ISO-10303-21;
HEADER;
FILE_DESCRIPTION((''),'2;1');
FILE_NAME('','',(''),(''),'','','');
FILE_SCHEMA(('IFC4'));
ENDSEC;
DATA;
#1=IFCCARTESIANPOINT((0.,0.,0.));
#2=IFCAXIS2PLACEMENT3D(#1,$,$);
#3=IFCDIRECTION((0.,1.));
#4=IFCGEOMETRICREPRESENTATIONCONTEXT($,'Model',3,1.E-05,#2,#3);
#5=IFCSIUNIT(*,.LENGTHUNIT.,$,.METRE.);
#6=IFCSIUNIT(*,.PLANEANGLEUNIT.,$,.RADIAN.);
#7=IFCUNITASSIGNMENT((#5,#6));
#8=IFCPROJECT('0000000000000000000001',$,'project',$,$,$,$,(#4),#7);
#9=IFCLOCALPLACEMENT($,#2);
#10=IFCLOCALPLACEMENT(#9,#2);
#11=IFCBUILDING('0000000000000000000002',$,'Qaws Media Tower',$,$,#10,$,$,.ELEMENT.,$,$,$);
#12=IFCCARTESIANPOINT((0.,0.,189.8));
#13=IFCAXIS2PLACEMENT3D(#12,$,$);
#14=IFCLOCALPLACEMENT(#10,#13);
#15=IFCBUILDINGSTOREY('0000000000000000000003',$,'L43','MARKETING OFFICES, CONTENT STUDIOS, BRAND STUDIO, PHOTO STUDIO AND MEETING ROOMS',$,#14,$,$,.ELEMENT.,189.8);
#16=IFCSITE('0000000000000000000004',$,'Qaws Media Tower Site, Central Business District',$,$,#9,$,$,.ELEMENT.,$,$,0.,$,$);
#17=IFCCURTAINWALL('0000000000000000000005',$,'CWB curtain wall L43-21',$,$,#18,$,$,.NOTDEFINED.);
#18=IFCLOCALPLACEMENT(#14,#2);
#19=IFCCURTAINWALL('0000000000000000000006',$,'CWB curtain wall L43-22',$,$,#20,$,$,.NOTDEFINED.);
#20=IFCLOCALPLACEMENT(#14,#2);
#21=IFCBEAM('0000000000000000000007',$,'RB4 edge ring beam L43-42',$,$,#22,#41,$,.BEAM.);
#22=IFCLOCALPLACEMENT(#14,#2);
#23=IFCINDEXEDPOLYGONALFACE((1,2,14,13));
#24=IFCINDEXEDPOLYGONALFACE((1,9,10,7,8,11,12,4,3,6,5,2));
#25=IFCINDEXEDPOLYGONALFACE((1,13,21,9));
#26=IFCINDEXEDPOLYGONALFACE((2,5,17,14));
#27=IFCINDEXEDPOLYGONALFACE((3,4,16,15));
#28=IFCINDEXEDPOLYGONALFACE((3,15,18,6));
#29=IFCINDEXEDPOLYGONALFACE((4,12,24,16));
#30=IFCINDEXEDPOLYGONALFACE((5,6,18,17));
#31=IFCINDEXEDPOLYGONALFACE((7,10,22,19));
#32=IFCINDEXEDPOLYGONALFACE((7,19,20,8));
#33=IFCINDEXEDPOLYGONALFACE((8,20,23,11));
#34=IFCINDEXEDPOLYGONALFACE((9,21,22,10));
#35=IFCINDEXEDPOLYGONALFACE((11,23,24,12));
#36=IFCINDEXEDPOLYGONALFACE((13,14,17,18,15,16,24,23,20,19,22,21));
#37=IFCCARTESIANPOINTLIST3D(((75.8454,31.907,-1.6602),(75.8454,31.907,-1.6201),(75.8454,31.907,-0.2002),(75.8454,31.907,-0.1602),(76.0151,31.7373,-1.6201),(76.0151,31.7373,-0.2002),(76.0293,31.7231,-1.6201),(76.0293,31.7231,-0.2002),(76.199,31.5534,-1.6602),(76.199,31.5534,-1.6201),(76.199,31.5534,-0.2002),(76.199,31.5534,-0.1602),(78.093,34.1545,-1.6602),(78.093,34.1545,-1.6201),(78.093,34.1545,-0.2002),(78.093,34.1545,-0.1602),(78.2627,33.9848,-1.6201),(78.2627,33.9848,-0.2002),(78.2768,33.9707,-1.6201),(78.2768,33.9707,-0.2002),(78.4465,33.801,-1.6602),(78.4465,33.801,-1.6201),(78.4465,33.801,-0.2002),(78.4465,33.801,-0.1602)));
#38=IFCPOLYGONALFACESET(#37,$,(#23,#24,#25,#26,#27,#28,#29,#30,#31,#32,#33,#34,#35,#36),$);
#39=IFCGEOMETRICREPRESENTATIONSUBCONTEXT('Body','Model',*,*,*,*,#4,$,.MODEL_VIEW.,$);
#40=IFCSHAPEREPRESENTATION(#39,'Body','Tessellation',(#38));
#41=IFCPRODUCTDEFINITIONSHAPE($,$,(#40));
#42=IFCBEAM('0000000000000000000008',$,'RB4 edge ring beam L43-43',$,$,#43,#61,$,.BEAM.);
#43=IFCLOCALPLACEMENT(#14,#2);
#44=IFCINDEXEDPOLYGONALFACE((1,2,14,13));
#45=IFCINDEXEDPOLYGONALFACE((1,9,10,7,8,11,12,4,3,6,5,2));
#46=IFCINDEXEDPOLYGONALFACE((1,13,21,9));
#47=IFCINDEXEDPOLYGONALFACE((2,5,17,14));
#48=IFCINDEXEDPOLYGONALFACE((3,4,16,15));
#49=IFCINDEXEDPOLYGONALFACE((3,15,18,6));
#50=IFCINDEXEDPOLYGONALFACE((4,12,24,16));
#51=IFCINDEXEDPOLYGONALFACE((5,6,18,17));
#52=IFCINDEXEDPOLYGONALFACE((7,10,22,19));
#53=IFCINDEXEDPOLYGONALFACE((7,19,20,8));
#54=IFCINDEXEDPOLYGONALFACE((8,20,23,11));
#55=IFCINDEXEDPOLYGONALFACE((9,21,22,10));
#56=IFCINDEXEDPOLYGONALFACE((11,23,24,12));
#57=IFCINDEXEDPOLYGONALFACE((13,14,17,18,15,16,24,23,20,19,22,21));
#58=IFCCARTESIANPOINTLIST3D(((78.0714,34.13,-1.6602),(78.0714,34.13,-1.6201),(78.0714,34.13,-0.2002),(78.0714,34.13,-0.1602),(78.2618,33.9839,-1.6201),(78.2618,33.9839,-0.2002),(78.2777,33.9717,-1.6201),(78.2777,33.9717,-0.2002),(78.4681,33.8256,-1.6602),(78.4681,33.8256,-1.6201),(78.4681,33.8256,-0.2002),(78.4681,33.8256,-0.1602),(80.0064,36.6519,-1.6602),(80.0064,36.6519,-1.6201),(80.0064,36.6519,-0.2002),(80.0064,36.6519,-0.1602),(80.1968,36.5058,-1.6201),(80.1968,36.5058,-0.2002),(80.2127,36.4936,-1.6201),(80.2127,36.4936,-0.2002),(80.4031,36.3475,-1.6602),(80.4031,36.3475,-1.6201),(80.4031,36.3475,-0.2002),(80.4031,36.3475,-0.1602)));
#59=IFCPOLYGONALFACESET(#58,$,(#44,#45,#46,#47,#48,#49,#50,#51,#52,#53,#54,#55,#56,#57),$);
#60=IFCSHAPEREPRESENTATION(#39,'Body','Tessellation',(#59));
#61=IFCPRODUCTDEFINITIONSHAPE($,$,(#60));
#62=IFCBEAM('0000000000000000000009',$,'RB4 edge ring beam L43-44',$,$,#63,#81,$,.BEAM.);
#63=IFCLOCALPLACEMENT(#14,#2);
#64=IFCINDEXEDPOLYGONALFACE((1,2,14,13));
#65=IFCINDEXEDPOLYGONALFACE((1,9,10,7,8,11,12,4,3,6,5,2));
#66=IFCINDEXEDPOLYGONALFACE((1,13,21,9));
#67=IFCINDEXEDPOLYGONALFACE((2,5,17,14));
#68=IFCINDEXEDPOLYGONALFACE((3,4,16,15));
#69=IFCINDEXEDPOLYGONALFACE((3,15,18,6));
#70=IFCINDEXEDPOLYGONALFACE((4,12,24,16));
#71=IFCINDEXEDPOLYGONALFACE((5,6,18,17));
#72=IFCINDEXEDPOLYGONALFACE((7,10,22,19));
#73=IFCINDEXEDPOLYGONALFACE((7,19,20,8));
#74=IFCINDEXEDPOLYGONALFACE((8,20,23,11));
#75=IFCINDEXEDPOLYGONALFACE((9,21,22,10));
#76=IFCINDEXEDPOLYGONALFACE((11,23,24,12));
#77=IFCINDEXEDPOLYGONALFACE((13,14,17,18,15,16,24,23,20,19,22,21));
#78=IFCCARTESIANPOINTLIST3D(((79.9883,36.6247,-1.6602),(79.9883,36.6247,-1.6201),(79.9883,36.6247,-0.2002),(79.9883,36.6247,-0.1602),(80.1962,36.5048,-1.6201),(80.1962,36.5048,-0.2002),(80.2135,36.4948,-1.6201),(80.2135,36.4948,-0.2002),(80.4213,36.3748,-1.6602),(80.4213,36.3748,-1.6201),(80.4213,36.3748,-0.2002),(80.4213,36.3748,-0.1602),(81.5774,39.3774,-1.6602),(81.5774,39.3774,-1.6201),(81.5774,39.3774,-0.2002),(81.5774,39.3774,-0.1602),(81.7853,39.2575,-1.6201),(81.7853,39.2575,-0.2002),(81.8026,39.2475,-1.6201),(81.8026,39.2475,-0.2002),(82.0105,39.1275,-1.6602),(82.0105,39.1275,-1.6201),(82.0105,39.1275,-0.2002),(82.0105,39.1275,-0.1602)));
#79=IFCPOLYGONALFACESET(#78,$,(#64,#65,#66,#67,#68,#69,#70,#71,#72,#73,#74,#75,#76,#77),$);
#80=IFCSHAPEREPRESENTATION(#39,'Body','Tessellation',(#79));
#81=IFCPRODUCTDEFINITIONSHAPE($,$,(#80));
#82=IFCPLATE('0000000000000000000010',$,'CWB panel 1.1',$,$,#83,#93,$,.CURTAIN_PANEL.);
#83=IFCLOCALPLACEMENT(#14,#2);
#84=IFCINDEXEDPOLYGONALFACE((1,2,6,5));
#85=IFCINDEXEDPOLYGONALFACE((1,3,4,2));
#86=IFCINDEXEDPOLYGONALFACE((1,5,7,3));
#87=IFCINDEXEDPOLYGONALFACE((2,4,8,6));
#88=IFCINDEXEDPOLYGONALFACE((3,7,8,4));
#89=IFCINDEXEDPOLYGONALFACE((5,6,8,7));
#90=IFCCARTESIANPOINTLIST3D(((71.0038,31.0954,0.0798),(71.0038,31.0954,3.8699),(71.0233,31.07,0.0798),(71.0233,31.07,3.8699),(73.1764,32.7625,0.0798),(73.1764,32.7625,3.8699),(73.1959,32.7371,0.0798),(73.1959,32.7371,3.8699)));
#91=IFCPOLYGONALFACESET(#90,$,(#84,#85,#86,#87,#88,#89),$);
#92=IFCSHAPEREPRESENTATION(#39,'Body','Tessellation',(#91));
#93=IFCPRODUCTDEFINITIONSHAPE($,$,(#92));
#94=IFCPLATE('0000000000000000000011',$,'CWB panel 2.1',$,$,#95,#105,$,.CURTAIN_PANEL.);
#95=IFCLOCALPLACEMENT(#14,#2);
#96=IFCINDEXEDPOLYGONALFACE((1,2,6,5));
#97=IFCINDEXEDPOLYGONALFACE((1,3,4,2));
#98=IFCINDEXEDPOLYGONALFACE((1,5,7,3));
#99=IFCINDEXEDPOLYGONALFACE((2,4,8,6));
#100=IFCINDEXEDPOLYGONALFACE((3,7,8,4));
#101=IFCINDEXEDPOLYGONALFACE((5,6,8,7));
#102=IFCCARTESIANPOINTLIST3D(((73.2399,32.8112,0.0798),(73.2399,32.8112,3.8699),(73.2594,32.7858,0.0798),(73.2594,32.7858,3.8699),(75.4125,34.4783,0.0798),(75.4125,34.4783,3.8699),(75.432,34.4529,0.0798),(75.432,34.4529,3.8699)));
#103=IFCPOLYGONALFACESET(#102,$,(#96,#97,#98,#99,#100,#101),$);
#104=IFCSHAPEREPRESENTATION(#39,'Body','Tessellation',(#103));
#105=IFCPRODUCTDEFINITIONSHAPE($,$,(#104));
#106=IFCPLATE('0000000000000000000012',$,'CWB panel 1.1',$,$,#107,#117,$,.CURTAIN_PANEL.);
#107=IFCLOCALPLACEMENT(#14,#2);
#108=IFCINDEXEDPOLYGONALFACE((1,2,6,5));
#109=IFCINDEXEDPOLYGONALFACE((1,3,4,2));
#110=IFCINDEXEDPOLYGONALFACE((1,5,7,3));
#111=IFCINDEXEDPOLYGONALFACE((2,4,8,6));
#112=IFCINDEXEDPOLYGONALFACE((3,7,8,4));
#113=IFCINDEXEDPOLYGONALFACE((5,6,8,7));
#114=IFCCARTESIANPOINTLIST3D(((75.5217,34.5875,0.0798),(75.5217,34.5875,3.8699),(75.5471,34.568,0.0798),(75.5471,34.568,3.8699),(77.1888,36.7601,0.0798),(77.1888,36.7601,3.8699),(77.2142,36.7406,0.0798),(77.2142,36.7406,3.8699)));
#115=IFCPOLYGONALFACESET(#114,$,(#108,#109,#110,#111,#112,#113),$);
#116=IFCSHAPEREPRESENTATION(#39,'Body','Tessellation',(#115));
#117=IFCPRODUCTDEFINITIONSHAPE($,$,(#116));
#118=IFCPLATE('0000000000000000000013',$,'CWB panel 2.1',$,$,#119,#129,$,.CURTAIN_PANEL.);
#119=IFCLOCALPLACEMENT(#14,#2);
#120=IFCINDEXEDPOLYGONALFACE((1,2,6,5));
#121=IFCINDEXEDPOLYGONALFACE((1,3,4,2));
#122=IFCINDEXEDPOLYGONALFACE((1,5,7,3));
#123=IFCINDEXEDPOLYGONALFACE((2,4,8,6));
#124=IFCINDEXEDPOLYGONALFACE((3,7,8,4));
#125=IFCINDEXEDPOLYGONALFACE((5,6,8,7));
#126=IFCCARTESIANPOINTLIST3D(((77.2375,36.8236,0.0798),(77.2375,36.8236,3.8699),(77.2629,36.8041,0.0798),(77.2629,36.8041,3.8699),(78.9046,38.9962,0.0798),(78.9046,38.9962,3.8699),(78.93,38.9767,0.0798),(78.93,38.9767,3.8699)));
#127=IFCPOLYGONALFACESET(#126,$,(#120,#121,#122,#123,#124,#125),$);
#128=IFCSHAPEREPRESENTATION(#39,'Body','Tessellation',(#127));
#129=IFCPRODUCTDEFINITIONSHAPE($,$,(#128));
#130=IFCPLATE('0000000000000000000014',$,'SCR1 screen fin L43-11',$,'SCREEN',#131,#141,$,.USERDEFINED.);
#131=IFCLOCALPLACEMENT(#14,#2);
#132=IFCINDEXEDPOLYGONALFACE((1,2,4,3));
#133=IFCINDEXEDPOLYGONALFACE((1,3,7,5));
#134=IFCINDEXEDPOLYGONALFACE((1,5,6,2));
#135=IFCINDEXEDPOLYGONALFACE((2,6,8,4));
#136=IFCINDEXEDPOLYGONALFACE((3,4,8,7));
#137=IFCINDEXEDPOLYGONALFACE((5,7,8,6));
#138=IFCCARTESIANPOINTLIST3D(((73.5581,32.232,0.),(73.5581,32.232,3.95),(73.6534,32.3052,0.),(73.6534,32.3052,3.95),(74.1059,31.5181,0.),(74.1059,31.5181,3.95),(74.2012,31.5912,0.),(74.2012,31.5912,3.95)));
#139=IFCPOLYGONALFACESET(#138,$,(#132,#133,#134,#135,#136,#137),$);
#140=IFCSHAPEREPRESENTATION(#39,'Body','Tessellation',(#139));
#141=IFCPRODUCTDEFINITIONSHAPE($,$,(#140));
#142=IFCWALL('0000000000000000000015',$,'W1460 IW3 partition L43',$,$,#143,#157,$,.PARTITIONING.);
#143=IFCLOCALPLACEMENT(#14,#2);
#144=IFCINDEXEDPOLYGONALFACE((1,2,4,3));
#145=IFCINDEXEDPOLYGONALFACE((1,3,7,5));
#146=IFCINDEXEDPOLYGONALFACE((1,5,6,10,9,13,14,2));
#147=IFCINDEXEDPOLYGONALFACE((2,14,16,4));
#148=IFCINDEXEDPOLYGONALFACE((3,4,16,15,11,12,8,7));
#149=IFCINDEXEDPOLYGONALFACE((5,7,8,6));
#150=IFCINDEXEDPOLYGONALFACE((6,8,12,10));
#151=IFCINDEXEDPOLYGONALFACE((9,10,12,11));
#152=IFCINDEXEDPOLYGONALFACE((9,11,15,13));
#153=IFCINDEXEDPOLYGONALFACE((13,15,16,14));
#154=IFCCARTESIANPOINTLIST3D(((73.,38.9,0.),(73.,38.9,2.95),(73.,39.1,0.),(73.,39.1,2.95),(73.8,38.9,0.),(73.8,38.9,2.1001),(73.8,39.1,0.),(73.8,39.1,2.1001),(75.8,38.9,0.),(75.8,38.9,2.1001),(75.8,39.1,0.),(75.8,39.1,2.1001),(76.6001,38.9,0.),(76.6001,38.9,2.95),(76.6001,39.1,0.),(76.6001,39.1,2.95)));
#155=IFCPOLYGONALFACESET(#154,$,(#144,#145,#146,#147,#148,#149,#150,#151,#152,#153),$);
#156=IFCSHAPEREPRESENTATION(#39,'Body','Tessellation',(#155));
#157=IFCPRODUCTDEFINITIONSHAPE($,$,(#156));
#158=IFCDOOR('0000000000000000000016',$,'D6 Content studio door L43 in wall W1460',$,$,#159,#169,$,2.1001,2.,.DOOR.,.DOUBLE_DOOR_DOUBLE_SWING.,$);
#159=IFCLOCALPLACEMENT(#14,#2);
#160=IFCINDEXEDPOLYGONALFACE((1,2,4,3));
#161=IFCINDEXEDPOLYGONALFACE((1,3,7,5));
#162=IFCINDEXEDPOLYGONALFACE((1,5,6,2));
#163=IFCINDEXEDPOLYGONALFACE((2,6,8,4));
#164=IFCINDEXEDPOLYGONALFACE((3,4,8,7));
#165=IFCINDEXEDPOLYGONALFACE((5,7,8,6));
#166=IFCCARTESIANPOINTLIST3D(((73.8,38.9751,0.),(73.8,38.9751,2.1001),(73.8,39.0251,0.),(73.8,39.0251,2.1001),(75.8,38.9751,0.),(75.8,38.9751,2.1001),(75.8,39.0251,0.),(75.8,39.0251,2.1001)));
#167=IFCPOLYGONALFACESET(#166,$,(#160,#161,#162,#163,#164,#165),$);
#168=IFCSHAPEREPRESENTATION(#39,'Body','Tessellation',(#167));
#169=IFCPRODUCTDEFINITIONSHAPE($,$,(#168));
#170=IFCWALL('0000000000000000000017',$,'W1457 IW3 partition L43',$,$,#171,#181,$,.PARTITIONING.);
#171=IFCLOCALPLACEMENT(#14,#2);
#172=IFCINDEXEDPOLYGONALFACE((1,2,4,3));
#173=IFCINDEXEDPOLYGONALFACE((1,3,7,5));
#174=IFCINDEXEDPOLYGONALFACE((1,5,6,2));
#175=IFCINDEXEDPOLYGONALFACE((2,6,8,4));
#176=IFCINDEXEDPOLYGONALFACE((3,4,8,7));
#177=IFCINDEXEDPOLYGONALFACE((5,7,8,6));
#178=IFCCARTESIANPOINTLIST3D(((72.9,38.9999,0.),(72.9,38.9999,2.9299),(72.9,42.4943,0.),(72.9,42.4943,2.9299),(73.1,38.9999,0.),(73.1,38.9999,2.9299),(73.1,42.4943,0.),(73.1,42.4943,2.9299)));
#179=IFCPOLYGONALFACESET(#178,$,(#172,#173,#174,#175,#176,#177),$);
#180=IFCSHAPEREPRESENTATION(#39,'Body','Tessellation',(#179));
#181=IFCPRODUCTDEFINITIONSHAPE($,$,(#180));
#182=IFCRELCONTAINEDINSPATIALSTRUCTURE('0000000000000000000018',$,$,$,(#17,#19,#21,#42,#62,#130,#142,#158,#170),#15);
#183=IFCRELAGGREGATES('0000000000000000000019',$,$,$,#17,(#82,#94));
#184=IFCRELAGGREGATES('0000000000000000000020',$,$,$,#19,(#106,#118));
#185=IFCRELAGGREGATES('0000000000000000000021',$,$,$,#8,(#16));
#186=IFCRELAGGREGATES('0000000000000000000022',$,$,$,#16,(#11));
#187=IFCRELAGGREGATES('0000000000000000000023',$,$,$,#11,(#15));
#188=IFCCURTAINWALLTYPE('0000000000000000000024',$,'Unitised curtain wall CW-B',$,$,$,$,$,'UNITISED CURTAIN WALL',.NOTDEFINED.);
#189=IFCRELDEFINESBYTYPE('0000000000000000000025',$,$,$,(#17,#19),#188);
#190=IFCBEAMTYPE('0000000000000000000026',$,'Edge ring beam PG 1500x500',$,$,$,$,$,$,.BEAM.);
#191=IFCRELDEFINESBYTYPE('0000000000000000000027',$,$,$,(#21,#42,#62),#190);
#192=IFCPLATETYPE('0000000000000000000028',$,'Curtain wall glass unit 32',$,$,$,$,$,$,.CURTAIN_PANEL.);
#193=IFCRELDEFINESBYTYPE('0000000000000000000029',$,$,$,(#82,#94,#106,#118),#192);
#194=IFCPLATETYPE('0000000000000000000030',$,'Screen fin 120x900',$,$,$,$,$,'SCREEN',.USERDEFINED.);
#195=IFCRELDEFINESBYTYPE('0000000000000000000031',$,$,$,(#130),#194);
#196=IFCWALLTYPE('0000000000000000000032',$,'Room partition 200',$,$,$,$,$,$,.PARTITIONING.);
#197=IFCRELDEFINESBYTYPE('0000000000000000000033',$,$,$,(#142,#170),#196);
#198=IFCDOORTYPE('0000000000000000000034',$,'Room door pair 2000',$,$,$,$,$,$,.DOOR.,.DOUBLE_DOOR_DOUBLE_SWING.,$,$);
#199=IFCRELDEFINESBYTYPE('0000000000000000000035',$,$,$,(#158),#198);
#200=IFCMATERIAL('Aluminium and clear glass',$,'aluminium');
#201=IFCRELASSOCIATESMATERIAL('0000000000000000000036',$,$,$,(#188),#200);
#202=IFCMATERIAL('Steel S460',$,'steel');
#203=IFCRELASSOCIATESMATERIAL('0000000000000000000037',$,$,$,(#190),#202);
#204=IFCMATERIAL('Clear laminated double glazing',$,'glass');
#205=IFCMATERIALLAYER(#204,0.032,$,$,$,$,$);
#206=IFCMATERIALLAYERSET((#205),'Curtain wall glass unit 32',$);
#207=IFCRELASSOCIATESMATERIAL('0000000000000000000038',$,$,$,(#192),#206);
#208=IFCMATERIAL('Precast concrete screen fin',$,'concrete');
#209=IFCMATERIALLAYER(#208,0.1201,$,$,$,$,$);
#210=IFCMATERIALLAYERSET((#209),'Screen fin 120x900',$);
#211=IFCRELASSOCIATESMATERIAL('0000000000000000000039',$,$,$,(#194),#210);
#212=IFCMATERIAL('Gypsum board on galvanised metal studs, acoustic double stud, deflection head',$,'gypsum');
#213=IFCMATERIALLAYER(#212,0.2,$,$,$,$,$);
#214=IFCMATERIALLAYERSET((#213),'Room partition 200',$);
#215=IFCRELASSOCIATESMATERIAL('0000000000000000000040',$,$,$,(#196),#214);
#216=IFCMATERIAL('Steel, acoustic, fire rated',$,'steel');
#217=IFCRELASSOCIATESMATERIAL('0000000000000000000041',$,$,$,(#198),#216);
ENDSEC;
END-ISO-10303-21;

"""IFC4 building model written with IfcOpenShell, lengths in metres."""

from ifc_helpers import new_model, si_unit, direction, frame, frame_2d, origin, origin_2d, place, context, subcontext, project, spatial, rectangle, i_section, extrude, material, layer, layer_set, material_profile, profile_set, type_object, element, fill, aggregate, save


model = new_model("IFC4")

# Units and contexts
model_context = context("Model", 3, precision=1e-05, world=origin(), true_north=direction((0.0, 1.0)))
body_context = subcontext(model_context, "Body", "Model", "MODEL_VIEW")
ifc_project = project(units=[si_unit("LENGTHUNIT", "METRE"), si_unit("PLANEANGLEUNIT", "RADIAN")], contexts=[model_context])

# Site, building, storey
site_placement = place(None, origin())
site = spatial("IfcSite", under=ifc_project, at=site_placement, Name="Qaws Media Tower Site, Central Business District", CompositionType="ELEMENT", RefElevation=0.0)
building_placement = place(site_placement, origin())
building = spatial("IfcBuilding", under=site, at=building_placement, Name="Qaws Media Tower", CompositionType="ELEMENT")
storey_placement = place(building_placement, frame((0.0, 0.0, 189.8)))
storey = spatial("IfcBuildingStorey", under=building, at=storey_placement, Name="L43", Description="MARKETING OFFICES, CONTENT STUDIOS, BRAND STUDIO, PHOTO STUDIO AND MEETING ROOMS", CompositionType="ELEMENT", Elevation=189.8)

# Curtain walls
ifc_material_1 = material(Name="Aluminium and clear glass", Category="aluminium")
curtain_wall_type = type_object("IfcCurtainWallType", Name="Unitised curtain wall CW-B", ElementType="UNITISED CURTAIN WALL", PredefinedType="NOTDEFINED", material=ifc_material_1)
curtain_wall_1_placement = place(storey_placement, origin())
curtain_wall_1 = element("IfcCurtainWall", 1, at=curtain_wall_1_placement, inside=storey, type_object=curtain_wall_type, Name="CWB curtain wall L43-21", PredefinedType="NOTDEFINED")
curtain_wall_2_placement = place(storey_placement, origin())
curtain_wall_2 = element("IfcCurtainWall", 2, at=curtain_wall_2_placement, inside=storey, type_object=curtain_wall_type, Name="CWB curtain wall L43-22", PredefinedType="NOTDEFINED")

# Beams
ifc_material_2 = material(Name="Steel S460", Category="steel")
ifc_material_profile_1 = material_profile(ifc_material_2, i_section(OverallWidth=0.5, OverallDepth=1.5, WebThickness=0.02, FlangeThickness=0.04, at=origin_2d()), Name="PG 1500x500")
ifc_profile_set_1 = profile_set([ifc_material_profile_1], Name="Steel S460")
beam_type = type_object("IfcBeamType", Name="Edge ring beam PG 1500x500", PredefinedType="BEAM", material=ifc_profile_set_1)
beam_1_placement = place(storey_placement, frame((76.0222, 31.7302, -0.9102), z_axis=(0.707107, 0.707107, 0.0), x_axis=(-0.707107, 0.707107, 0.0)))
element("IfcBeam", 3, at=beam_1_placement, inside=storey, type_object=beam_type, Name="RB4 edge ring beam L43-42", PredefinedType="BEAM", context=body_context, shape_type="SweptSolid", body=[
    extrude(i_section(OverallWidth=0.5, OverallDepth=1.5, WebThickness=0.02, FlangeThickness=0.04, at=origin_2d()), origin(), (0.0, 0.0, 1.0), 3.1785),
])
beam_2_placement = place(storey_placement, frame((78.2698, 33.9778, -0.9102), z_axis=(0.608738, 0.793371, 0.0), x_axis=(-0.793371, 0.608738, 0.0)))
element("IfcBeam", 4, at=beam_2_placement, inside=storey, type_object=beam_type, Name="RB4 edge ring beam L43-43", PredefinedType="BEAM", context=body_context, shape_type="SweptSolid", body=[
    extrude(i_section(OverallWidth=0.5, OverallDepth=1.5, WebThickness=0.02, FlangeThickness=0.04, at=origin_2d()), origin(), (0.0, 0.0, 1.0), 3.1787),
])
beam_3_placement = place(storey_placement, frame((80.2048, 36.4998, -0.9102), z_axis=(0.499964, 0.866046, 0.0), x_axis=(-0.866046, 0.499964, 0.0)))
element("IfcBeam", 5, at=beam_3_placement, inside=storey, type_object=beam_type, Name="RB4 edge ring beam L43-44", PredefinedType="BEAM", context=body_context, shape_type="SweptSolid", body=[
    extrude(i_section(OverallWidth=0.5, OverallDepth=1.5, WebThickness=0.02, FlangeThickness=0.04, at=origin_2d()), origin(), (0.0, 0.0, 1.0), 3.1785),
])

# Plates
ifc_material_3 = material(Name="Clear laminated double glazing", Category="glass")
ifc_layer_1 = layer(ifc_material_3, 0.032)
ifc_layer_set_1 = layer_set([ifc_layer_1], Name="Curtain wall glass unit 32")
plate_type_1 = type_object("IfcPlateType", Name="Curtain wall glass unit 32", PredefinedType="CURTAIN_PANEL", material=ifc_layer_set_1)
plate_1_placement = place(storey_placement, frame((72.0999, 31.9163, 0.0798), z_axis=(0.0, 0.0, 1.0), x_axis=(0.793353, 0.608761, 0.0)))
plate_1 = element("IfcPlate", 6, at=plate_1_placement, type_object=plate_type_1, Name="CWB panel 1.1", PredefinedType="CURTAIN_PANEL", context=body_context, shape_type="SweptSolid", body=[
    extrude(rectangle(XDim=2.7385, YDim=0.032, at=origin_2d()), origin(), (0.0, 0.0, 1.0), 3.79),
])
plate_2_placement = place(storey_placement, frame((74.3359, 33.6321, 0.0798), z_axis=(0.0, 0.0, 1.0), x_axis=(0.793353, 0.608761, 0.0)))
plate_2 = element("IfcPlate", 7, at=plate_2_placement, type_object=plate_type_1, Name="CWB panel 2.1", PredefinedType="CURTAIN_PANEL", context=body_context, shape_type="SweptSolid", body=[
    extrude(rectangle(XDim=2.7385, YDim=0.032, at=origin_2d()), origin(), (0.0, 0.0, 1.0), 3.79),
])
aggregate(curtain_wall_1, [plate_1, plate_2])
plate_3_placement = place(storey_placement, frame((76.3679, 35.6641, 0.0798), z_axis=(0.0, 0.0, 1.0), x_axis=(0.608761, 0.793353, 0.0)))
plate_3 = element("IfcPlate", 8, at=plate_3_placement, type_object=plate_type_1, Name="CWB panel 1.1", PredefinedType="CURTAIN_PANEL", context=body_context, shape_type="SweptSolid", body=[
    extrude(rectangle(XDim=2.7385, YDim=0.032, at=origin_2d()), origin(), (0.0, 0.0, 1.0), 3.79),
])
plate_4_placement = place(storey_placement, frame((78.0837, 37.9001, 0.0798), z_axis=(0.0, 0.0, 1.0), x_axis=(0.608761, 0.793353, 0.0)))
plate_4 = element("IfcPlate", 9, at=plate_4_placement, type_object=plate_type_1, Name="CWB panel 2.1", PredefinedType="CURTAIN_PANEL", context=body_context, shape_type="SweptSolid", body=[
    extrude(rectangle(XDim=2.7385, YDim=0.032, at=origin_2d()), origin(), (0.0, 0.0, 1.0), 3.79),
])
aggregate(curtain_wall_2, [plate_3, plate_4])
ifc_material_4 = material(Name="Precast concrete screen fin", Category="concrete")
ifc_layer_2 = layer(ifc_material_4, 0.1201)
ifc_layer_set_2 = layer_set([ifc_layer_2], Name="Screen fin 120x900")
plate_type_2 = type_object("IfcPlateType", Name="Screen fin 120x900", ElementType="SCREEN", PredefinedType="USERDEFINED", material=ifc_layer_set_2)
plate_5_placement = place(storey_placement, frame((73.8796, 31.9116, 0.0), z_axis=(0.0, 0.0, 1.0), x_axis=(0.608761, -0.793353, 0.0)))
element("IfcPlate", 10, at=plate_5_placement, inside=storey, type_object=plate_type_2, Name="SCR1 screen fin L43-11", ObjectType="SCREEN", PredefinedType="USERDEFINED", context=body_context, shape_type="SweptSolid", body=[
    extrude(rectangle(XDim=0.8999, YDim=0.1201, at=origin_2d()), origin(), (0.0, 0.0, 1.0), 3.95),
])

# Wall, opening, door
ifc_material_5 = material(Name="Gypsum board on galvanised metal studs, acoustic double stud, deflection head", Category="gypsum")
ifc_layer_3 = layer(ifc_material_5, 0.2)
ifc_layer_set_3 = layer_set([ifc_layer_3], Name="Room partition 200")
wall_type = type_object("IfcWallType", Name="Room partition 200", PredefinedType="PARTITIONING", material=ifc_layer_set_3)
wall_1_placement = place(storey_placement, frame((76.6001, 39.0, 0.0), z_axis=(0.0, 0.0, 1.0), x_axis=(-1.0, 0.0, 0.0)))
wall_1 = element("IfcWall", 11, at=wall_1_placement, inside=storey, type_object=wall_type, Name="W1460 IW3 partition L43", PredefinedType="PARTITIONING", context=body_context, shape_type="SweptSolid", body=[
    extrude(rectangle(XDim=3.6001, YDim=0.2, at=frame_2d((1.8, 0.0))), origin(), (0.0, 0.0, 1.0), 2.95),
])
opening_placement = place(wall_1_placement, frame((0.8, 0.0, 0.0)))
opening = element("IfcOpeningElement", 12, at=opening_placement, cuts=wall_1, PredefinedType="OPENING", context=body_context, shape_type="SweptSolid", body=[
    extrude(rectangle(XDim=2.0, YDim=2.1001, at=frame_2d((1.0, 1.05))), frame((0.0, 0.1099, 0.0), z_axis=(0.0, -1.0, 0.0), x_axis=(1.0, 0.0, 0.0)), (0.0, 0.0, 1.0), 0.22),
])
ifc_material_6 = material(Name="Steel, acoustic, fire rated", Category="steel")
door_type = type_object("IfcDoorType", Name="Room door pair 2000", OperationType="DOUBLE_DOOR_DOUBLE_SWING", PredefinedType="DOOR", material=ifc_material_6)
door_placement = place(opening_placement, origin())
door = element("IfcDoor", 13, at=door_placement, inside=storey, type_object=door_type, Name="D6 Content studio door L43 in wall W1460", OperationType="DOUBLE_DOOR_DOUBLE_SWING", OverallHeight=2.1001, OverallWidth=2.0, PredefinedType="DOOR", context=body_context, shape_type="SweptSolid", body=[
    extrude(rectangle(XDim=2.0, YDim=2.1001, at=frame_2d((1.0, 1.05))), frame((0.0, 0.0249, 0.0), z_axis=(0.0, -1.0, 0.0), x_axis=(1.0, 0.0, 0.0)), (0.0, 0.0, 1.0), 0.05),
])
fill(opening, door)

# Wall
wall_2_placement = place(storey_placement, frame((73.0, 39.0, 0.0), z_axis=(0.0, 0.0, 1.0), x_axis=(0.0, 1.0, 0.0)))
element("IfcWall", 14, at=wall_2_placement, inside=storey, type_object=wall_type, Name="W1457 IW3 partition L43", PredefinedType="PARTITIONING", context=body_context, shape_type="SweptSolid", body=[
    extrude(rectangle(XDim=3.4944, YDim=0.2, at=frame_2d((1.7471, 0.0))), origin(), (0.0, 0.0, 1.0), 2.9299),
])

save(model, "model.ifc")
